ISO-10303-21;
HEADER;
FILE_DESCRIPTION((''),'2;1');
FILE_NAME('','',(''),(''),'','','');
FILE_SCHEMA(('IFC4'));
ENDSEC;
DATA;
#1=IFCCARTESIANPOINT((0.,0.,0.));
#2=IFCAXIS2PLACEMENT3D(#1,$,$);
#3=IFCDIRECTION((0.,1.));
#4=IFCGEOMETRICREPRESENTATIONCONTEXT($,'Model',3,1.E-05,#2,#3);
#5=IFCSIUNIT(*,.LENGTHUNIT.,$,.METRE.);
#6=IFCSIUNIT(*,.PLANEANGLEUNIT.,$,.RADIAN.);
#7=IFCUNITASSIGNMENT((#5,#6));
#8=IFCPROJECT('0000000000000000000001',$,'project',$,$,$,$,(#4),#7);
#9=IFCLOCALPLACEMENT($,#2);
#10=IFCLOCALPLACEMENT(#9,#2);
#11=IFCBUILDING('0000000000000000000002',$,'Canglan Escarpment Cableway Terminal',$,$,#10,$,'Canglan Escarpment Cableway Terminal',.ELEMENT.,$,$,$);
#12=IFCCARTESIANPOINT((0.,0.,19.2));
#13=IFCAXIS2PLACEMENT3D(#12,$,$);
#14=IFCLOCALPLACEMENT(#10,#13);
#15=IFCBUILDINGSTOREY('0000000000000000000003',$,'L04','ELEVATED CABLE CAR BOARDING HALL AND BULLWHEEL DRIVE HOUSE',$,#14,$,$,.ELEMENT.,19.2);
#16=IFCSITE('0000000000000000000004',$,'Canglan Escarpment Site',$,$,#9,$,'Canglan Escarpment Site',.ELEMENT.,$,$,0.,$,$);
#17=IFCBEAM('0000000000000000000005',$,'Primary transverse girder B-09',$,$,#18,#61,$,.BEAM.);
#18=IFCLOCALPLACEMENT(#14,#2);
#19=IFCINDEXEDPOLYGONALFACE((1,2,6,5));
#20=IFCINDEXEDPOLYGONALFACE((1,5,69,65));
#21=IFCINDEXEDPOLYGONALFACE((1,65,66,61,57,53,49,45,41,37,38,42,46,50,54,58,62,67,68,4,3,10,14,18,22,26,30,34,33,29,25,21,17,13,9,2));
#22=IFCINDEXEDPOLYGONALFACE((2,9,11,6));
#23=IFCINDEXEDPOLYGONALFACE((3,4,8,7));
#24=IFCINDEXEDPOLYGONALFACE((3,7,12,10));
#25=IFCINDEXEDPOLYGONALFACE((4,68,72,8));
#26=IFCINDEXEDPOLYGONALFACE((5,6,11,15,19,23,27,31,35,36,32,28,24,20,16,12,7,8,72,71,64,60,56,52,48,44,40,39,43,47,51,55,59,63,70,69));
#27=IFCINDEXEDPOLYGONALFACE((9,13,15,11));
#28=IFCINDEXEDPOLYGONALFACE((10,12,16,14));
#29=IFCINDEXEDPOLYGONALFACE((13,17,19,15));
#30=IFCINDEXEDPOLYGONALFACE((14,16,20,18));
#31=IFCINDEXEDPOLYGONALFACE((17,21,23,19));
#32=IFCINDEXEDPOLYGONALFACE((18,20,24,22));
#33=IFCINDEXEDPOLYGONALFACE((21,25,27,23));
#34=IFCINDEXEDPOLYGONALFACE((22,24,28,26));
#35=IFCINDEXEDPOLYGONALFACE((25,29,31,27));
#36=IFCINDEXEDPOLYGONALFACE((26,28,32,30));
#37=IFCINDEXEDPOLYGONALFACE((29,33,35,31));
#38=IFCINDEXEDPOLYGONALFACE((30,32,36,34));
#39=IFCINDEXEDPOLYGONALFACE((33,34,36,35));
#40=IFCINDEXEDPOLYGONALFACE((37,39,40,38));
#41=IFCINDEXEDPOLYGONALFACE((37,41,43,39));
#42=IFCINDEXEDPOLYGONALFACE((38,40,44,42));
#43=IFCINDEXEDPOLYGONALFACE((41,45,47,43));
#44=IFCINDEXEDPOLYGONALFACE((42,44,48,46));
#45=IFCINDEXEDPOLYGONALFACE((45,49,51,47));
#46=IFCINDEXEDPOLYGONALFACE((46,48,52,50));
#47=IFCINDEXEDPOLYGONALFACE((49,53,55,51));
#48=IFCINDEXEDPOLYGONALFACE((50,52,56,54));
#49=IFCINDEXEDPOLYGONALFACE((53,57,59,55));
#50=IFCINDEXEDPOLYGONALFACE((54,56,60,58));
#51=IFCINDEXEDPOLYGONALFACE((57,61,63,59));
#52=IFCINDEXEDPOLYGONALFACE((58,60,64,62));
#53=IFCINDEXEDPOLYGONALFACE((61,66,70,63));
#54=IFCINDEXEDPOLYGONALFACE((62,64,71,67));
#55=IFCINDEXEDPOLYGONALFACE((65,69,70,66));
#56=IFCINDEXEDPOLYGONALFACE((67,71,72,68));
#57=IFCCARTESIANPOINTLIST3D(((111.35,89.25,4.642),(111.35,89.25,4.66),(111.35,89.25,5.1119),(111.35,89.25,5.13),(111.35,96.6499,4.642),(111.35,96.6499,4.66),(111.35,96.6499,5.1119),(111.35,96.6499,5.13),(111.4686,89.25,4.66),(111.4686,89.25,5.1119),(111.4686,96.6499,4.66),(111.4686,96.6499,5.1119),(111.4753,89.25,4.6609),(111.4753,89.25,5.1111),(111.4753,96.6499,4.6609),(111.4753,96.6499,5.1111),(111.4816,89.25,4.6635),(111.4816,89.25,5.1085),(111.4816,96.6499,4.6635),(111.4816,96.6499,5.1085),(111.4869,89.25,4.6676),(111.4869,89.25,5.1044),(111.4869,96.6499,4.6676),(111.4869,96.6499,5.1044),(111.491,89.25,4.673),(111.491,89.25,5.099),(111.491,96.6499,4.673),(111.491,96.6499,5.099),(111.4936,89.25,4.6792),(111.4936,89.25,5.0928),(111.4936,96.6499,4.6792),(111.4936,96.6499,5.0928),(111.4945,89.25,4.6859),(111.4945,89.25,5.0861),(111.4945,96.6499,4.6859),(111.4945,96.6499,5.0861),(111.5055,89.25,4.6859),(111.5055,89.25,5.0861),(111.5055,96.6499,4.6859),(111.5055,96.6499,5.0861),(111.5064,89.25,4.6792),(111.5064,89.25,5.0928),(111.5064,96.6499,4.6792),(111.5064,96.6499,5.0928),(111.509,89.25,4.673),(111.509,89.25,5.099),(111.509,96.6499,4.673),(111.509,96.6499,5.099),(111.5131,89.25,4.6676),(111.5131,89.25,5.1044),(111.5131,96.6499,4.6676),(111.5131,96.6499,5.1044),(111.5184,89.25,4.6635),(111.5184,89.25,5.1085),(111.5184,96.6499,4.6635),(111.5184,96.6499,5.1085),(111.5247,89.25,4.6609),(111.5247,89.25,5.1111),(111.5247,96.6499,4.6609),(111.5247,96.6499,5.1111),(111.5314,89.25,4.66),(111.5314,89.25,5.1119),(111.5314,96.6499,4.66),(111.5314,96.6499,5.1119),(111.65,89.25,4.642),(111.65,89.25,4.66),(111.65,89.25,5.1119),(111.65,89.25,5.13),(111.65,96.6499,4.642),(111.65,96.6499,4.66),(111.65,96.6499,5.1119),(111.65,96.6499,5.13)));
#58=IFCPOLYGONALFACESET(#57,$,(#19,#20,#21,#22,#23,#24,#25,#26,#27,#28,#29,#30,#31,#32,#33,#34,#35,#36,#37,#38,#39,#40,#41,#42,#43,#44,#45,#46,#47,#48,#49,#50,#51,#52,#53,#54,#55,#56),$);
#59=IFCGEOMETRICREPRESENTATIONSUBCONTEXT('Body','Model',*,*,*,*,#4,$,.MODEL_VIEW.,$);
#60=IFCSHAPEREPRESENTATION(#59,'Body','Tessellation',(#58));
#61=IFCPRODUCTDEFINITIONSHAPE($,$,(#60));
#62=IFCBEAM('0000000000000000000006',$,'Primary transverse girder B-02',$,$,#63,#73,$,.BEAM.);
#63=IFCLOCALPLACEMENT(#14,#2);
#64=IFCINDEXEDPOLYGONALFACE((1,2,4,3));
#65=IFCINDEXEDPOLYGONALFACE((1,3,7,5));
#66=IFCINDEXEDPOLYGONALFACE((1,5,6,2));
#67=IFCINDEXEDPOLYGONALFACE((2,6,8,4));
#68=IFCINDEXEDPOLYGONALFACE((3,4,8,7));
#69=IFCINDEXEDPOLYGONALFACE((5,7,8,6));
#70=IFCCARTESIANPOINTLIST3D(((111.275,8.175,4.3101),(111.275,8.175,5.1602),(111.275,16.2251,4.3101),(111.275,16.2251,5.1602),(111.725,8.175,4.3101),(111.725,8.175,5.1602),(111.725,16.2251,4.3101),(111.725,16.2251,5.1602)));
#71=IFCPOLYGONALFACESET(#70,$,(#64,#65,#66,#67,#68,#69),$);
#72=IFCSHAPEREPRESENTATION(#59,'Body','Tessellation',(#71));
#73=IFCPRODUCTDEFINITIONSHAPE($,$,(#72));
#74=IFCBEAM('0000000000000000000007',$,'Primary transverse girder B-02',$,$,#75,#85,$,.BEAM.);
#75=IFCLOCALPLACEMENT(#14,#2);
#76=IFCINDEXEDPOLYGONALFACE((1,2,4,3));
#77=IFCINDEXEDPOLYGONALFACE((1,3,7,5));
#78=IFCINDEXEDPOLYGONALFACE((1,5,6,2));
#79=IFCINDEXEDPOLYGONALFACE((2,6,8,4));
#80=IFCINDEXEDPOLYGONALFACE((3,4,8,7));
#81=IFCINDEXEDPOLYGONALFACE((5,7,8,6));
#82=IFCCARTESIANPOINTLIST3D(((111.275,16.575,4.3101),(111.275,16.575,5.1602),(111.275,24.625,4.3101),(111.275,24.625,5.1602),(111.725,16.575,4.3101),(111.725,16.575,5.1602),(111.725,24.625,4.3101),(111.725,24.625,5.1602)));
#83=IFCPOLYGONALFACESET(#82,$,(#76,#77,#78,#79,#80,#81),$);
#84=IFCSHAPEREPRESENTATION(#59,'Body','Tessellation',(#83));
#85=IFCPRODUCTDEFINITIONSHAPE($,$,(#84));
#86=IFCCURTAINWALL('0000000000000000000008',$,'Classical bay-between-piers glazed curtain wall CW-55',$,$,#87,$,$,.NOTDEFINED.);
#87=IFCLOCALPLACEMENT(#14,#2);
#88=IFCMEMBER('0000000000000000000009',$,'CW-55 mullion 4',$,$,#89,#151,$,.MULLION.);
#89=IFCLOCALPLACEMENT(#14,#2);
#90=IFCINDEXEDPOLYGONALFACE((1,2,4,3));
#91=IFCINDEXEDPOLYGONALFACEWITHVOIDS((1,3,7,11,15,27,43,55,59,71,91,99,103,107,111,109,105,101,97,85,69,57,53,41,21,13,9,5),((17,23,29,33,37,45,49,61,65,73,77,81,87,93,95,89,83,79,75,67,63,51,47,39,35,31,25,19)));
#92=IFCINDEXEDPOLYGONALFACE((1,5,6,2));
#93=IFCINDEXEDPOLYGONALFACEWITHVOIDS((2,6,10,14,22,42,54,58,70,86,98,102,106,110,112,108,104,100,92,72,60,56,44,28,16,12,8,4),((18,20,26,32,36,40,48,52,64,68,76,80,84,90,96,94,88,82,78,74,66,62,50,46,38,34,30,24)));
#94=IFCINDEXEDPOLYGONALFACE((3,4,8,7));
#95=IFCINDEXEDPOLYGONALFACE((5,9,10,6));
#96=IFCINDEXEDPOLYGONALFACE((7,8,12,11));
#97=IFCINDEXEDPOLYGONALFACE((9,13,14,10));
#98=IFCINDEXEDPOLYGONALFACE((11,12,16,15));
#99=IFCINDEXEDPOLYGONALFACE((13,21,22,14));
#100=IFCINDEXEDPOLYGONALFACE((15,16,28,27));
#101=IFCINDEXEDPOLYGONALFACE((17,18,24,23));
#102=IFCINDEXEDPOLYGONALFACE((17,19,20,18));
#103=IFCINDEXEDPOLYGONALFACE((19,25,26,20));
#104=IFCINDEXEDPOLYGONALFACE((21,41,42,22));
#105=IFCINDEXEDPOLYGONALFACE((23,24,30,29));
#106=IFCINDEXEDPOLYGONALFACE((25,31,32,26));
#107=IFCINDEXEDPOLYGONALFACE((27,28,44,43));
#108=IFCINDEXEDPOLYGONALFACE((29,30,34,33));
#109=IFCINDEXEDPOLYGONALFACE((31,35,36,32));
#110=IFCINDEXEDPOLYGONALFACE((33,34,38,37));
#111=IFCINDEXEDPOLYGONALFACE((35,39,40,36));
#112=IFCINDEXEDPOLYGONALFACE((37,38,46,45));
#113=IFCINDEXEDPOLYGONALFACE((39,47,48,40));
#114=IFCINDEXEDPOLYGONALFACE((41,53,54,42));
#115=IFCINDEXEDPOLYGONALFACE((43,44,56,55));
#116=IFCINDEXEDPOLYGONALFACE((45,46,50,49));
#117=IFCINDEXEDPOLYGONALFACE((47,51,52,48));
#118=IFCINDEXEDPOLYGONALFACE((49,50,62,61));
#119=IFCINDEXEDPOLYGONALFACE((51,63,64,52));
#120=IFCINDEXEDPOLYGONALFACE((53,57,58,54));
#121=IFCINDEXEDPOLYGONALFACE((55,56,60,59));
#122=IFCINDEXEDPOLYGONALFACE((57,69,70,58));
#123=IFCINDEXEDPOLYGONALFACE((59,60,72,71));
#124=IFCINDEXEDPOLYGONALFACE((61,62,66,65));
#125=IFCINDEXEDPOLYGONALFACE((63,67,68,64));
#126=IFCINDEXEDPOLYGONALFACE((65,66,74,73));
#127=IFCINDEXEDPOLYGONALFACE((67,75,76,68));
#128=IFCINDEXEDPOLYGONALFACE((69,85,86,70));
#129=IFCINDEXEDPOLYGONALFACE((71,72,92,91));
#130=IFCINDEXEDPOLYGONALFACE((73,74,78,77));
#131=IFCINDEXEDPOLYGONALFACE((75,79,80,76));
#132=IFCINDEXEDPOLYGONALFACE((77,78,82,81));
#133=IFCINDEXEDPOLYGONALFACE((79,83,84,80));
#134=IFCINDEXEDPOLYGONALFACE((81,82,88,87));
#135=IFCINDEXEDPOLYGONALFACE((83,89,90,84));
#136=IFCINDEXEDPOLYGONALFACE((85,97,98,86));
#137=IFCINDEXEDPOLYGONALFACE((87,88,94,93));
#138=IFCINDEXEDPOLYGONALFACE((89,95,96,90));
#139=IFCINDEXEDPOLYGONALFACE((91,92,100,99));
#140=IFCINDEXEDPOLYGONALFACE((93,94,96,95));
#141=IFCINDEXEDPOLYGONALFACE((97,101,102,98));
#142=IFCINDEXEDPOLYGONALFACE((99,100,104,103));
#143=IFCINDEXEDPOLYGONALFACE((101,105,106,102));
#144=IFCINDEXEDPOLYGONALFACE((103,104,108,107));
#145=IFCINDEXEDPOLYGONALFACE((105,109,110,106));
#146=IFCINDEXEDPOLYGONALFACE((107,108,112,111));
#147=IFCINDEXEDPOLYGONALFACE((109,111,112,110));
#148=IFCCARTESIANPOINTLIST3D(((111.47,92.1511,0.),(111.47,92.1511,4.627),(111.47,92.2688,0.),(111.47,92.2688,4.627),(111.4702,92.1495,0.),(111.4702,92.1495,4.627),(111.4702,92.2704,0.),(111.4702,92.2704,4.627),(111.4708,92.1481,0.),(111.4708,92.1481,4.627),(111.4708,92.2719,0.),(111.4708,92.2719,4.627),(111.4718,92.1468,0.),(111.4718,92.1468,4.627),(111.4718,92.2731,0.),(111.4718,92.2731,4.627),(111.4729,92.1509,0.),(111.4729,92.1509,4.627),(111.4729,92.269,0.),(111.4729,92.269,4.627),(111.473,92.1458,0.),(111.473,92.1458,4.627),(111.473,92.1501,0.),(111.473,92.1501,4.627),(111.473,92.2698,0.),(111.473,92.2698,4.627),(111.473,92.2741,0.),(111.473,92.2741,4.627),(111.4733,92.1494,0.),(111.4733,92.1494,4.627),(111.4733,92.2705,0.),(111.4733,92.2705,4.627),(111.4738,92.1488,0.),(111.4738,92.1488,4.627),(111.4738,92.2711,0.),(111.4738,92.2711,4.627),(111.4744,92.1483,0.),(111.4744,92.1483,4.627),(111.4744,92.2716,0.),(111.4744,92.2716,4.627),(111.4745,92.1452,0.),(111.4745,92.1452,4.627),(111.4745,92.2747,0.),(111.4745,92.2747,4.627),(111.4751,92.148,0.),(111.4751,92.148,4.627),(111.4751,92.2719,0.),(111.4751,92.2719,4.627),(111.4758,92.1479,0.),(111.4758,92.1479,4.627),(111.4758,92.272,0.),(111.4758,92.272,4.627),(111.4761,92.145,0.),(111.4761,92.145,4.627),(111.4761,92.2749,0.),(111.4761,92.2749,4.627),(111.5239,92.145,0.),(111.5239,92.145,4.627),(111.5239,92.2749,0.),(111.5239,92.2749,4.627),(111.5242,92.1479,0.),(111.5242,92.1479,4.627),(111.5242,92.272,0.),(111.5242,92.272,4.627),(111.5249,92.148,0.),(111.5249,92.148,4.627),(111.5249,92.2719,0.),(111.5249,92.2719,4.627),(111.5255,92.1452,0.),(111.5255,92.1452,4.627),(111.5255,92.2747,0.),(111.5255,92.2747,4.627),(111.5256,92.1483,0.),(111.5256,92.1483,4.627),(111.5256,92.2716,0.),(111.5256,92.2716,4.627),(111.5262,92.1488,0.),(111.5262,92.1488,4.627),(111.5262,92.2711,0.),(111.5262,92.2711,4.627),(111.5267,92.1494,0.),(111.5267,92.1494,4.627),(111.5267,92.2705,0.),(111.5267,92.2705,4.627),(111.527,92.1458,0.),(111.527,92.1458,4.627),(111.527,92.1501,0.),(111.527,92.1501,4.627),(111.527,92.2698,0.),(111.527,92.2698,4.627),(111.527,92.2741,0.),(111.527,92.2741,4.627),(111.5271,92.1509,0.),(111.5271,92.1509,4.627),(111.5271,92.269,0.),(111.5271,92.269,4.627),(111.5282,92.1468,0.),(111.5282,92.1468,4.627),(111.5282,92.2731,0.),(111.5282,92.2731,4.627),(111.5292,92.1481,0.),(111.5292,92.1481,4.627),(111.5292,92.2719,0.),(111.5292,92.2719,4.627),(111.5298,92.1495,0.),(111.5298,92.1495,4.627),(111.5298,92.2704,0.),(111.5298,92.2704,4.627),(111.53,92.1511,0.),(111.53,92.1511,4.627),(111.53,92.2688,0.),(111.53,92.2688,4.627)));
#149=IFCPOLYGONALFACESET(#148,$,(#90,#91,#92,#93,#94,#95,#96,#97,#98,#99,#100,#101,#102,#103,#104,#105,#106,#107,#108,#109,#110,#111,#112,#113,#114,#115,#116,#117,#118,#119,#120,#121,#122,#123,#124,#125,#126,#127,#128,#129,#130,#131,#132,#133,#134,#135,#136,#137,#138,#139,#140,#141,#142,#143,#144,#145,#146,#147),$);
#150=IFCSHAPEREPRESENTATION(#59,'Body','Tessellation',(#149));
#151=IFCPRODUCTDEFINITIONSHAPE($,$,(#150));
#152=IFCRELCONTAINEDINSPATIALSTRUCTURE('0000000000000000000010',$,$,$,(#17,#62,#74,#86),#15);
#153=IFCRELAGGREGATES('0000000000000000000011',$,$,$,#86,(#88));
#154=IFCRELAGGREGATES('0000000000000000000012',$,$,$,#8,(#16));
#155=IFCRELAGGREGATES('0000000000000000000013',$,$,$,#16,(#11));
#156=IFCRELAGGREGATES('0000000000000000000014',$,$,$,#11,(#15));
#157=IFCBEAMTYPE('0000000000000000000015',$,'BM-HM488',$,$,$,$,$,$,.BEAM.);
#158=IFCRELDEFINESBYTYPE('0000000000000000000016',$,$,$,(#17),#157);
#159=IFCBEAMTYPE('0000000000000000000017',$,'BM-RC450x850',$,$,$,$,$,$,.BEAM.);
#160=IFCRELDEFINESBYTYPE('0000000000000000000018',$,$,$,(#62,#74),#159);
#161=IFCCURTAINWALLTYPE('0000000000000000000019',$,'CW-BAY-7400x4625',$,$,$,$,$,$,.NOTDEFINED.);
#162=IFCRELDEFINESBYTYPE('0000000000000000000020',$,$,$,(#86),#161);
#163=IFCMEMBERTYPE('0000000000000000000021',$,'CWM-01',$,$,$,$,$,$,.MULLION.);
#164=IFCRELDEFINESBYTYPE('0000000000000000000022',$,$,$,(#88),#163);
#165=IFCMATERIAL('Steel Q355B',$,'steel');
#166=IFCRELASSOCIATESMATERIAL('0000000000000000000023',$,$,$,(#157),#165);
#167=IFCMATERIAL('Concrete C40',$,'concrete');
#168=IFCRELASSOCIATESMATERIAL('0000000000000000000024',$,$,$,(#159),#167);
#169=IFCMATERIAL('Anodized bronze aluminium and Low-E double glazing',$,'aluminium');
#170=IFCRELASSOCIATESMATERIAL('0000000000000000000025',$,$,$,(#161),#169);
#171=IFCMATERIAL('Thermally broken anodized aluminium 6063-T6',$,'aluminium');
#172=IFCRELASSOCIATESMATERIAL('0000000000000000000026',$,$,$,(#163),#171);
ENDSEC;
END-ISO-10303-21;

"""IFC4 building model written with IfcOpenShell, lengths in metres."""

from ifc_helpers import new_model, si_unit, direction, frame, origin, origin_2d, place, context, subcontext, project, spatial, rectangle, hollow_rectangle, i_section, extrude, material, material_profile, profile_set, type_object, element, aggregate, save


model = new_model("IFC4")

# Units and contexts
model_context = context("Model", 3, precision=1e-05, world=origin(), true_north=direction((0.0, 1.0)))
body_context = subcontext(model_context, "Body", "Model", "MODEL_VIEW")
ifc_project = project(units=[si_unit("LENGTHUNIT", "METRE"), si_unit("PLANEANGLEUNIT", "RADIAN")], contexts=[model_context])

# Site, building, storey
site_placement = place(None, origin())
site = spatial("IfcSite", under=ifc_project, at=site_placement, Name="Canglan Escarpment Site", LongName="Canglan Escarpment Site", CompositionType="ELEMENT", RefElevation=0.0)
building_placement = place(site_placement, origin())
building = spatial("IfcBuilding", under=site, at=building_placement, Name="Canglan Escarpment Cableway Terminal", LongName="Canglan Escarpment Cableway Terminal", CompositionType="ELEMENT")
storey_placement = place(building_placement, frame((0.0, 0.0, 19.2)))
storey = spatial("IfcBuildingStorey", under=building, at=storey_placement, Name="L04", Description="ELEVATED CABLE CAR BOARDING HALL AND BULLWHEEL DRIVE HOUSE", CompositionType="ELEMENT", Elevation=19.2)

# Shared definitions
ifc_material_1 = material(Name="Concrete C40", Category="concrete")

# Beams
ifc_material_2 = material(Name="Steel Q355B", Category="steel")
ifc_material_profile_1 = material_profile(ifc_material_2, i_section(OverallWidth=0.3, OverallDepth=0.488, WebThickness=0.011, FlangeThickness=0.0181, FilletRadius=0.0259, at=origin_2d()), Name="HM 488x300x11x18")
ifc_profile_set_1 = profile_set([ifc_material_profile_1], Name="Steel Q355B")
beam_type_1 = type_object("IfcBeamType", Name="BM-HM488", PredefinedType="BEAM", material=ifc_profile_set_1)
beam_placement = place(storey_placement, frame((111.5, 89.25, 4.886), z_axis=(0.0, 1.0, 0.0), x_axis=(-1.0, 0.0, 0.0)))
element("IfcBeam", 1, at=beam_placement, inside=storey, type_object=beam_type_1, Name="Primary transverse girder B-09", PredefinedType="BEAM", context=body_context, shape_type="SweptSolid", body=[
    extrude(i_section(OverallWidth=0.3, OverallDepth=0.488, WebThickness=0.011, FlangeThickness=0.0181, FilletRadius=0.0259, at=origin_2d()), origin(), (0.0, 0.0, 1.0), 7.3999),
])
ifc_material_profile_2 = material_profile(ifc_material_1, rectangle(XDim=0.45, YDim=0.8501, at=origin_2d()), Name="RC 450x850")
ifc_profile_set_2 = profile_set([ifc_material_profile_2], Name="Concrete C40")
beam_type_2 = type_object("IfcBeamType", Name="BM-RC450x850", PredefinedType="BEAM", material=ifc_profile_set_2)
for number, where, z_axis, x_axis, name in (
    (2, (111.5, 8.175, 4.7351), (0.0, 1.0, 0.0), (-1.0, 0.0, 0.0), "Primary transverse girder B-02"),
    (3, (111.5, 16.575, 4.7351), (0.0, 1.0, 0.0), (-1.0, 0.0, 0.0), "Primary transverse girder B-02"),
):
    element("IfcBeam", number, at=place(storey_placement, frame(where, z_axis=z_axis, x_axis=x_axis)), inside=storey, type_object=beam_type_2, Name=name, PredefinedType="BEAM", context=body_context, shape_type="SweptSolid", body=[
        extrude(rectangle(XDim=0.45, YDim=0.8501, at=origin_2d()), origin(), (0.0, 0.0, 1.0), 8.05),
    ])

# Curtain wall, member
ifc_material_3 = material(Name="Anodized bronze aluminium and Low-E double glazing", Category="aluminium")
curtain_wall_type = type_object("IfcCurtainWallType", Name="CW-BAY-7400x4625", PredefinedType="NOTDEFINED", material=ifc_material_3)
curtain_wall_placement = place(storey_placement, origin())
curtain_wall = element("IfcCurtainWall", 4, at=curtain_wall_placement, inside=storey, type_object=curtain_wall_type, Name="Classical bay-between-piers glazed curtain wall CW-55", PredefinedType="NOTDEFINED")
ifc_material_4 = material(Name="Thermally broken anodized aluminium 6063-T6", Category="aluminium")
ifc_material_profile_3 = material_profile(ifc_material_4, hollow_rectangle(XDim=0.0601, YDim=0.1299, WallThickness=0.0029, InnerFilletRadius=0.0029, OuterFilletRadius=0.0061, at=origin_2d()), Name="ALU-MULL 60x130x3")
ifc_profile_set_3 = profile_set([ifc_material_profile_3], Name="Thermally broken anodized aluminium 6063-T6")
member_type_1 = type_object("IfcMemberType", Name="CWM-01", PredefinedType="MULLION", material=ifc_profile_set_3)
member_1_placement = place(storey_placement, frame((111.5, 92.21, 0.0), z_axis=(0.0, 0.0, 1.0), x_axis=(1.0, 0.0, 0.0)))
member_1 = element("IfcMember", 5, at=member_1_placement, type_object=member_type_1, Name="CW-55 mullion 4", PredefinedType="MULLION", context=body_context, shape_type="SweptSolid", body=[
    extrude(hollow_rectangle(XDim=0.0601, YDim=0.1299, WallThickness=0.0029, InnerFilletRadius=0.0029, OuterFilletRadius=0.0061, at=origin_2d()), origin(), (0.0, 0.0, 1.0), 4.627),
])
aggregate(curtain_wall, [member_1])

save(model, "model.ifc")
